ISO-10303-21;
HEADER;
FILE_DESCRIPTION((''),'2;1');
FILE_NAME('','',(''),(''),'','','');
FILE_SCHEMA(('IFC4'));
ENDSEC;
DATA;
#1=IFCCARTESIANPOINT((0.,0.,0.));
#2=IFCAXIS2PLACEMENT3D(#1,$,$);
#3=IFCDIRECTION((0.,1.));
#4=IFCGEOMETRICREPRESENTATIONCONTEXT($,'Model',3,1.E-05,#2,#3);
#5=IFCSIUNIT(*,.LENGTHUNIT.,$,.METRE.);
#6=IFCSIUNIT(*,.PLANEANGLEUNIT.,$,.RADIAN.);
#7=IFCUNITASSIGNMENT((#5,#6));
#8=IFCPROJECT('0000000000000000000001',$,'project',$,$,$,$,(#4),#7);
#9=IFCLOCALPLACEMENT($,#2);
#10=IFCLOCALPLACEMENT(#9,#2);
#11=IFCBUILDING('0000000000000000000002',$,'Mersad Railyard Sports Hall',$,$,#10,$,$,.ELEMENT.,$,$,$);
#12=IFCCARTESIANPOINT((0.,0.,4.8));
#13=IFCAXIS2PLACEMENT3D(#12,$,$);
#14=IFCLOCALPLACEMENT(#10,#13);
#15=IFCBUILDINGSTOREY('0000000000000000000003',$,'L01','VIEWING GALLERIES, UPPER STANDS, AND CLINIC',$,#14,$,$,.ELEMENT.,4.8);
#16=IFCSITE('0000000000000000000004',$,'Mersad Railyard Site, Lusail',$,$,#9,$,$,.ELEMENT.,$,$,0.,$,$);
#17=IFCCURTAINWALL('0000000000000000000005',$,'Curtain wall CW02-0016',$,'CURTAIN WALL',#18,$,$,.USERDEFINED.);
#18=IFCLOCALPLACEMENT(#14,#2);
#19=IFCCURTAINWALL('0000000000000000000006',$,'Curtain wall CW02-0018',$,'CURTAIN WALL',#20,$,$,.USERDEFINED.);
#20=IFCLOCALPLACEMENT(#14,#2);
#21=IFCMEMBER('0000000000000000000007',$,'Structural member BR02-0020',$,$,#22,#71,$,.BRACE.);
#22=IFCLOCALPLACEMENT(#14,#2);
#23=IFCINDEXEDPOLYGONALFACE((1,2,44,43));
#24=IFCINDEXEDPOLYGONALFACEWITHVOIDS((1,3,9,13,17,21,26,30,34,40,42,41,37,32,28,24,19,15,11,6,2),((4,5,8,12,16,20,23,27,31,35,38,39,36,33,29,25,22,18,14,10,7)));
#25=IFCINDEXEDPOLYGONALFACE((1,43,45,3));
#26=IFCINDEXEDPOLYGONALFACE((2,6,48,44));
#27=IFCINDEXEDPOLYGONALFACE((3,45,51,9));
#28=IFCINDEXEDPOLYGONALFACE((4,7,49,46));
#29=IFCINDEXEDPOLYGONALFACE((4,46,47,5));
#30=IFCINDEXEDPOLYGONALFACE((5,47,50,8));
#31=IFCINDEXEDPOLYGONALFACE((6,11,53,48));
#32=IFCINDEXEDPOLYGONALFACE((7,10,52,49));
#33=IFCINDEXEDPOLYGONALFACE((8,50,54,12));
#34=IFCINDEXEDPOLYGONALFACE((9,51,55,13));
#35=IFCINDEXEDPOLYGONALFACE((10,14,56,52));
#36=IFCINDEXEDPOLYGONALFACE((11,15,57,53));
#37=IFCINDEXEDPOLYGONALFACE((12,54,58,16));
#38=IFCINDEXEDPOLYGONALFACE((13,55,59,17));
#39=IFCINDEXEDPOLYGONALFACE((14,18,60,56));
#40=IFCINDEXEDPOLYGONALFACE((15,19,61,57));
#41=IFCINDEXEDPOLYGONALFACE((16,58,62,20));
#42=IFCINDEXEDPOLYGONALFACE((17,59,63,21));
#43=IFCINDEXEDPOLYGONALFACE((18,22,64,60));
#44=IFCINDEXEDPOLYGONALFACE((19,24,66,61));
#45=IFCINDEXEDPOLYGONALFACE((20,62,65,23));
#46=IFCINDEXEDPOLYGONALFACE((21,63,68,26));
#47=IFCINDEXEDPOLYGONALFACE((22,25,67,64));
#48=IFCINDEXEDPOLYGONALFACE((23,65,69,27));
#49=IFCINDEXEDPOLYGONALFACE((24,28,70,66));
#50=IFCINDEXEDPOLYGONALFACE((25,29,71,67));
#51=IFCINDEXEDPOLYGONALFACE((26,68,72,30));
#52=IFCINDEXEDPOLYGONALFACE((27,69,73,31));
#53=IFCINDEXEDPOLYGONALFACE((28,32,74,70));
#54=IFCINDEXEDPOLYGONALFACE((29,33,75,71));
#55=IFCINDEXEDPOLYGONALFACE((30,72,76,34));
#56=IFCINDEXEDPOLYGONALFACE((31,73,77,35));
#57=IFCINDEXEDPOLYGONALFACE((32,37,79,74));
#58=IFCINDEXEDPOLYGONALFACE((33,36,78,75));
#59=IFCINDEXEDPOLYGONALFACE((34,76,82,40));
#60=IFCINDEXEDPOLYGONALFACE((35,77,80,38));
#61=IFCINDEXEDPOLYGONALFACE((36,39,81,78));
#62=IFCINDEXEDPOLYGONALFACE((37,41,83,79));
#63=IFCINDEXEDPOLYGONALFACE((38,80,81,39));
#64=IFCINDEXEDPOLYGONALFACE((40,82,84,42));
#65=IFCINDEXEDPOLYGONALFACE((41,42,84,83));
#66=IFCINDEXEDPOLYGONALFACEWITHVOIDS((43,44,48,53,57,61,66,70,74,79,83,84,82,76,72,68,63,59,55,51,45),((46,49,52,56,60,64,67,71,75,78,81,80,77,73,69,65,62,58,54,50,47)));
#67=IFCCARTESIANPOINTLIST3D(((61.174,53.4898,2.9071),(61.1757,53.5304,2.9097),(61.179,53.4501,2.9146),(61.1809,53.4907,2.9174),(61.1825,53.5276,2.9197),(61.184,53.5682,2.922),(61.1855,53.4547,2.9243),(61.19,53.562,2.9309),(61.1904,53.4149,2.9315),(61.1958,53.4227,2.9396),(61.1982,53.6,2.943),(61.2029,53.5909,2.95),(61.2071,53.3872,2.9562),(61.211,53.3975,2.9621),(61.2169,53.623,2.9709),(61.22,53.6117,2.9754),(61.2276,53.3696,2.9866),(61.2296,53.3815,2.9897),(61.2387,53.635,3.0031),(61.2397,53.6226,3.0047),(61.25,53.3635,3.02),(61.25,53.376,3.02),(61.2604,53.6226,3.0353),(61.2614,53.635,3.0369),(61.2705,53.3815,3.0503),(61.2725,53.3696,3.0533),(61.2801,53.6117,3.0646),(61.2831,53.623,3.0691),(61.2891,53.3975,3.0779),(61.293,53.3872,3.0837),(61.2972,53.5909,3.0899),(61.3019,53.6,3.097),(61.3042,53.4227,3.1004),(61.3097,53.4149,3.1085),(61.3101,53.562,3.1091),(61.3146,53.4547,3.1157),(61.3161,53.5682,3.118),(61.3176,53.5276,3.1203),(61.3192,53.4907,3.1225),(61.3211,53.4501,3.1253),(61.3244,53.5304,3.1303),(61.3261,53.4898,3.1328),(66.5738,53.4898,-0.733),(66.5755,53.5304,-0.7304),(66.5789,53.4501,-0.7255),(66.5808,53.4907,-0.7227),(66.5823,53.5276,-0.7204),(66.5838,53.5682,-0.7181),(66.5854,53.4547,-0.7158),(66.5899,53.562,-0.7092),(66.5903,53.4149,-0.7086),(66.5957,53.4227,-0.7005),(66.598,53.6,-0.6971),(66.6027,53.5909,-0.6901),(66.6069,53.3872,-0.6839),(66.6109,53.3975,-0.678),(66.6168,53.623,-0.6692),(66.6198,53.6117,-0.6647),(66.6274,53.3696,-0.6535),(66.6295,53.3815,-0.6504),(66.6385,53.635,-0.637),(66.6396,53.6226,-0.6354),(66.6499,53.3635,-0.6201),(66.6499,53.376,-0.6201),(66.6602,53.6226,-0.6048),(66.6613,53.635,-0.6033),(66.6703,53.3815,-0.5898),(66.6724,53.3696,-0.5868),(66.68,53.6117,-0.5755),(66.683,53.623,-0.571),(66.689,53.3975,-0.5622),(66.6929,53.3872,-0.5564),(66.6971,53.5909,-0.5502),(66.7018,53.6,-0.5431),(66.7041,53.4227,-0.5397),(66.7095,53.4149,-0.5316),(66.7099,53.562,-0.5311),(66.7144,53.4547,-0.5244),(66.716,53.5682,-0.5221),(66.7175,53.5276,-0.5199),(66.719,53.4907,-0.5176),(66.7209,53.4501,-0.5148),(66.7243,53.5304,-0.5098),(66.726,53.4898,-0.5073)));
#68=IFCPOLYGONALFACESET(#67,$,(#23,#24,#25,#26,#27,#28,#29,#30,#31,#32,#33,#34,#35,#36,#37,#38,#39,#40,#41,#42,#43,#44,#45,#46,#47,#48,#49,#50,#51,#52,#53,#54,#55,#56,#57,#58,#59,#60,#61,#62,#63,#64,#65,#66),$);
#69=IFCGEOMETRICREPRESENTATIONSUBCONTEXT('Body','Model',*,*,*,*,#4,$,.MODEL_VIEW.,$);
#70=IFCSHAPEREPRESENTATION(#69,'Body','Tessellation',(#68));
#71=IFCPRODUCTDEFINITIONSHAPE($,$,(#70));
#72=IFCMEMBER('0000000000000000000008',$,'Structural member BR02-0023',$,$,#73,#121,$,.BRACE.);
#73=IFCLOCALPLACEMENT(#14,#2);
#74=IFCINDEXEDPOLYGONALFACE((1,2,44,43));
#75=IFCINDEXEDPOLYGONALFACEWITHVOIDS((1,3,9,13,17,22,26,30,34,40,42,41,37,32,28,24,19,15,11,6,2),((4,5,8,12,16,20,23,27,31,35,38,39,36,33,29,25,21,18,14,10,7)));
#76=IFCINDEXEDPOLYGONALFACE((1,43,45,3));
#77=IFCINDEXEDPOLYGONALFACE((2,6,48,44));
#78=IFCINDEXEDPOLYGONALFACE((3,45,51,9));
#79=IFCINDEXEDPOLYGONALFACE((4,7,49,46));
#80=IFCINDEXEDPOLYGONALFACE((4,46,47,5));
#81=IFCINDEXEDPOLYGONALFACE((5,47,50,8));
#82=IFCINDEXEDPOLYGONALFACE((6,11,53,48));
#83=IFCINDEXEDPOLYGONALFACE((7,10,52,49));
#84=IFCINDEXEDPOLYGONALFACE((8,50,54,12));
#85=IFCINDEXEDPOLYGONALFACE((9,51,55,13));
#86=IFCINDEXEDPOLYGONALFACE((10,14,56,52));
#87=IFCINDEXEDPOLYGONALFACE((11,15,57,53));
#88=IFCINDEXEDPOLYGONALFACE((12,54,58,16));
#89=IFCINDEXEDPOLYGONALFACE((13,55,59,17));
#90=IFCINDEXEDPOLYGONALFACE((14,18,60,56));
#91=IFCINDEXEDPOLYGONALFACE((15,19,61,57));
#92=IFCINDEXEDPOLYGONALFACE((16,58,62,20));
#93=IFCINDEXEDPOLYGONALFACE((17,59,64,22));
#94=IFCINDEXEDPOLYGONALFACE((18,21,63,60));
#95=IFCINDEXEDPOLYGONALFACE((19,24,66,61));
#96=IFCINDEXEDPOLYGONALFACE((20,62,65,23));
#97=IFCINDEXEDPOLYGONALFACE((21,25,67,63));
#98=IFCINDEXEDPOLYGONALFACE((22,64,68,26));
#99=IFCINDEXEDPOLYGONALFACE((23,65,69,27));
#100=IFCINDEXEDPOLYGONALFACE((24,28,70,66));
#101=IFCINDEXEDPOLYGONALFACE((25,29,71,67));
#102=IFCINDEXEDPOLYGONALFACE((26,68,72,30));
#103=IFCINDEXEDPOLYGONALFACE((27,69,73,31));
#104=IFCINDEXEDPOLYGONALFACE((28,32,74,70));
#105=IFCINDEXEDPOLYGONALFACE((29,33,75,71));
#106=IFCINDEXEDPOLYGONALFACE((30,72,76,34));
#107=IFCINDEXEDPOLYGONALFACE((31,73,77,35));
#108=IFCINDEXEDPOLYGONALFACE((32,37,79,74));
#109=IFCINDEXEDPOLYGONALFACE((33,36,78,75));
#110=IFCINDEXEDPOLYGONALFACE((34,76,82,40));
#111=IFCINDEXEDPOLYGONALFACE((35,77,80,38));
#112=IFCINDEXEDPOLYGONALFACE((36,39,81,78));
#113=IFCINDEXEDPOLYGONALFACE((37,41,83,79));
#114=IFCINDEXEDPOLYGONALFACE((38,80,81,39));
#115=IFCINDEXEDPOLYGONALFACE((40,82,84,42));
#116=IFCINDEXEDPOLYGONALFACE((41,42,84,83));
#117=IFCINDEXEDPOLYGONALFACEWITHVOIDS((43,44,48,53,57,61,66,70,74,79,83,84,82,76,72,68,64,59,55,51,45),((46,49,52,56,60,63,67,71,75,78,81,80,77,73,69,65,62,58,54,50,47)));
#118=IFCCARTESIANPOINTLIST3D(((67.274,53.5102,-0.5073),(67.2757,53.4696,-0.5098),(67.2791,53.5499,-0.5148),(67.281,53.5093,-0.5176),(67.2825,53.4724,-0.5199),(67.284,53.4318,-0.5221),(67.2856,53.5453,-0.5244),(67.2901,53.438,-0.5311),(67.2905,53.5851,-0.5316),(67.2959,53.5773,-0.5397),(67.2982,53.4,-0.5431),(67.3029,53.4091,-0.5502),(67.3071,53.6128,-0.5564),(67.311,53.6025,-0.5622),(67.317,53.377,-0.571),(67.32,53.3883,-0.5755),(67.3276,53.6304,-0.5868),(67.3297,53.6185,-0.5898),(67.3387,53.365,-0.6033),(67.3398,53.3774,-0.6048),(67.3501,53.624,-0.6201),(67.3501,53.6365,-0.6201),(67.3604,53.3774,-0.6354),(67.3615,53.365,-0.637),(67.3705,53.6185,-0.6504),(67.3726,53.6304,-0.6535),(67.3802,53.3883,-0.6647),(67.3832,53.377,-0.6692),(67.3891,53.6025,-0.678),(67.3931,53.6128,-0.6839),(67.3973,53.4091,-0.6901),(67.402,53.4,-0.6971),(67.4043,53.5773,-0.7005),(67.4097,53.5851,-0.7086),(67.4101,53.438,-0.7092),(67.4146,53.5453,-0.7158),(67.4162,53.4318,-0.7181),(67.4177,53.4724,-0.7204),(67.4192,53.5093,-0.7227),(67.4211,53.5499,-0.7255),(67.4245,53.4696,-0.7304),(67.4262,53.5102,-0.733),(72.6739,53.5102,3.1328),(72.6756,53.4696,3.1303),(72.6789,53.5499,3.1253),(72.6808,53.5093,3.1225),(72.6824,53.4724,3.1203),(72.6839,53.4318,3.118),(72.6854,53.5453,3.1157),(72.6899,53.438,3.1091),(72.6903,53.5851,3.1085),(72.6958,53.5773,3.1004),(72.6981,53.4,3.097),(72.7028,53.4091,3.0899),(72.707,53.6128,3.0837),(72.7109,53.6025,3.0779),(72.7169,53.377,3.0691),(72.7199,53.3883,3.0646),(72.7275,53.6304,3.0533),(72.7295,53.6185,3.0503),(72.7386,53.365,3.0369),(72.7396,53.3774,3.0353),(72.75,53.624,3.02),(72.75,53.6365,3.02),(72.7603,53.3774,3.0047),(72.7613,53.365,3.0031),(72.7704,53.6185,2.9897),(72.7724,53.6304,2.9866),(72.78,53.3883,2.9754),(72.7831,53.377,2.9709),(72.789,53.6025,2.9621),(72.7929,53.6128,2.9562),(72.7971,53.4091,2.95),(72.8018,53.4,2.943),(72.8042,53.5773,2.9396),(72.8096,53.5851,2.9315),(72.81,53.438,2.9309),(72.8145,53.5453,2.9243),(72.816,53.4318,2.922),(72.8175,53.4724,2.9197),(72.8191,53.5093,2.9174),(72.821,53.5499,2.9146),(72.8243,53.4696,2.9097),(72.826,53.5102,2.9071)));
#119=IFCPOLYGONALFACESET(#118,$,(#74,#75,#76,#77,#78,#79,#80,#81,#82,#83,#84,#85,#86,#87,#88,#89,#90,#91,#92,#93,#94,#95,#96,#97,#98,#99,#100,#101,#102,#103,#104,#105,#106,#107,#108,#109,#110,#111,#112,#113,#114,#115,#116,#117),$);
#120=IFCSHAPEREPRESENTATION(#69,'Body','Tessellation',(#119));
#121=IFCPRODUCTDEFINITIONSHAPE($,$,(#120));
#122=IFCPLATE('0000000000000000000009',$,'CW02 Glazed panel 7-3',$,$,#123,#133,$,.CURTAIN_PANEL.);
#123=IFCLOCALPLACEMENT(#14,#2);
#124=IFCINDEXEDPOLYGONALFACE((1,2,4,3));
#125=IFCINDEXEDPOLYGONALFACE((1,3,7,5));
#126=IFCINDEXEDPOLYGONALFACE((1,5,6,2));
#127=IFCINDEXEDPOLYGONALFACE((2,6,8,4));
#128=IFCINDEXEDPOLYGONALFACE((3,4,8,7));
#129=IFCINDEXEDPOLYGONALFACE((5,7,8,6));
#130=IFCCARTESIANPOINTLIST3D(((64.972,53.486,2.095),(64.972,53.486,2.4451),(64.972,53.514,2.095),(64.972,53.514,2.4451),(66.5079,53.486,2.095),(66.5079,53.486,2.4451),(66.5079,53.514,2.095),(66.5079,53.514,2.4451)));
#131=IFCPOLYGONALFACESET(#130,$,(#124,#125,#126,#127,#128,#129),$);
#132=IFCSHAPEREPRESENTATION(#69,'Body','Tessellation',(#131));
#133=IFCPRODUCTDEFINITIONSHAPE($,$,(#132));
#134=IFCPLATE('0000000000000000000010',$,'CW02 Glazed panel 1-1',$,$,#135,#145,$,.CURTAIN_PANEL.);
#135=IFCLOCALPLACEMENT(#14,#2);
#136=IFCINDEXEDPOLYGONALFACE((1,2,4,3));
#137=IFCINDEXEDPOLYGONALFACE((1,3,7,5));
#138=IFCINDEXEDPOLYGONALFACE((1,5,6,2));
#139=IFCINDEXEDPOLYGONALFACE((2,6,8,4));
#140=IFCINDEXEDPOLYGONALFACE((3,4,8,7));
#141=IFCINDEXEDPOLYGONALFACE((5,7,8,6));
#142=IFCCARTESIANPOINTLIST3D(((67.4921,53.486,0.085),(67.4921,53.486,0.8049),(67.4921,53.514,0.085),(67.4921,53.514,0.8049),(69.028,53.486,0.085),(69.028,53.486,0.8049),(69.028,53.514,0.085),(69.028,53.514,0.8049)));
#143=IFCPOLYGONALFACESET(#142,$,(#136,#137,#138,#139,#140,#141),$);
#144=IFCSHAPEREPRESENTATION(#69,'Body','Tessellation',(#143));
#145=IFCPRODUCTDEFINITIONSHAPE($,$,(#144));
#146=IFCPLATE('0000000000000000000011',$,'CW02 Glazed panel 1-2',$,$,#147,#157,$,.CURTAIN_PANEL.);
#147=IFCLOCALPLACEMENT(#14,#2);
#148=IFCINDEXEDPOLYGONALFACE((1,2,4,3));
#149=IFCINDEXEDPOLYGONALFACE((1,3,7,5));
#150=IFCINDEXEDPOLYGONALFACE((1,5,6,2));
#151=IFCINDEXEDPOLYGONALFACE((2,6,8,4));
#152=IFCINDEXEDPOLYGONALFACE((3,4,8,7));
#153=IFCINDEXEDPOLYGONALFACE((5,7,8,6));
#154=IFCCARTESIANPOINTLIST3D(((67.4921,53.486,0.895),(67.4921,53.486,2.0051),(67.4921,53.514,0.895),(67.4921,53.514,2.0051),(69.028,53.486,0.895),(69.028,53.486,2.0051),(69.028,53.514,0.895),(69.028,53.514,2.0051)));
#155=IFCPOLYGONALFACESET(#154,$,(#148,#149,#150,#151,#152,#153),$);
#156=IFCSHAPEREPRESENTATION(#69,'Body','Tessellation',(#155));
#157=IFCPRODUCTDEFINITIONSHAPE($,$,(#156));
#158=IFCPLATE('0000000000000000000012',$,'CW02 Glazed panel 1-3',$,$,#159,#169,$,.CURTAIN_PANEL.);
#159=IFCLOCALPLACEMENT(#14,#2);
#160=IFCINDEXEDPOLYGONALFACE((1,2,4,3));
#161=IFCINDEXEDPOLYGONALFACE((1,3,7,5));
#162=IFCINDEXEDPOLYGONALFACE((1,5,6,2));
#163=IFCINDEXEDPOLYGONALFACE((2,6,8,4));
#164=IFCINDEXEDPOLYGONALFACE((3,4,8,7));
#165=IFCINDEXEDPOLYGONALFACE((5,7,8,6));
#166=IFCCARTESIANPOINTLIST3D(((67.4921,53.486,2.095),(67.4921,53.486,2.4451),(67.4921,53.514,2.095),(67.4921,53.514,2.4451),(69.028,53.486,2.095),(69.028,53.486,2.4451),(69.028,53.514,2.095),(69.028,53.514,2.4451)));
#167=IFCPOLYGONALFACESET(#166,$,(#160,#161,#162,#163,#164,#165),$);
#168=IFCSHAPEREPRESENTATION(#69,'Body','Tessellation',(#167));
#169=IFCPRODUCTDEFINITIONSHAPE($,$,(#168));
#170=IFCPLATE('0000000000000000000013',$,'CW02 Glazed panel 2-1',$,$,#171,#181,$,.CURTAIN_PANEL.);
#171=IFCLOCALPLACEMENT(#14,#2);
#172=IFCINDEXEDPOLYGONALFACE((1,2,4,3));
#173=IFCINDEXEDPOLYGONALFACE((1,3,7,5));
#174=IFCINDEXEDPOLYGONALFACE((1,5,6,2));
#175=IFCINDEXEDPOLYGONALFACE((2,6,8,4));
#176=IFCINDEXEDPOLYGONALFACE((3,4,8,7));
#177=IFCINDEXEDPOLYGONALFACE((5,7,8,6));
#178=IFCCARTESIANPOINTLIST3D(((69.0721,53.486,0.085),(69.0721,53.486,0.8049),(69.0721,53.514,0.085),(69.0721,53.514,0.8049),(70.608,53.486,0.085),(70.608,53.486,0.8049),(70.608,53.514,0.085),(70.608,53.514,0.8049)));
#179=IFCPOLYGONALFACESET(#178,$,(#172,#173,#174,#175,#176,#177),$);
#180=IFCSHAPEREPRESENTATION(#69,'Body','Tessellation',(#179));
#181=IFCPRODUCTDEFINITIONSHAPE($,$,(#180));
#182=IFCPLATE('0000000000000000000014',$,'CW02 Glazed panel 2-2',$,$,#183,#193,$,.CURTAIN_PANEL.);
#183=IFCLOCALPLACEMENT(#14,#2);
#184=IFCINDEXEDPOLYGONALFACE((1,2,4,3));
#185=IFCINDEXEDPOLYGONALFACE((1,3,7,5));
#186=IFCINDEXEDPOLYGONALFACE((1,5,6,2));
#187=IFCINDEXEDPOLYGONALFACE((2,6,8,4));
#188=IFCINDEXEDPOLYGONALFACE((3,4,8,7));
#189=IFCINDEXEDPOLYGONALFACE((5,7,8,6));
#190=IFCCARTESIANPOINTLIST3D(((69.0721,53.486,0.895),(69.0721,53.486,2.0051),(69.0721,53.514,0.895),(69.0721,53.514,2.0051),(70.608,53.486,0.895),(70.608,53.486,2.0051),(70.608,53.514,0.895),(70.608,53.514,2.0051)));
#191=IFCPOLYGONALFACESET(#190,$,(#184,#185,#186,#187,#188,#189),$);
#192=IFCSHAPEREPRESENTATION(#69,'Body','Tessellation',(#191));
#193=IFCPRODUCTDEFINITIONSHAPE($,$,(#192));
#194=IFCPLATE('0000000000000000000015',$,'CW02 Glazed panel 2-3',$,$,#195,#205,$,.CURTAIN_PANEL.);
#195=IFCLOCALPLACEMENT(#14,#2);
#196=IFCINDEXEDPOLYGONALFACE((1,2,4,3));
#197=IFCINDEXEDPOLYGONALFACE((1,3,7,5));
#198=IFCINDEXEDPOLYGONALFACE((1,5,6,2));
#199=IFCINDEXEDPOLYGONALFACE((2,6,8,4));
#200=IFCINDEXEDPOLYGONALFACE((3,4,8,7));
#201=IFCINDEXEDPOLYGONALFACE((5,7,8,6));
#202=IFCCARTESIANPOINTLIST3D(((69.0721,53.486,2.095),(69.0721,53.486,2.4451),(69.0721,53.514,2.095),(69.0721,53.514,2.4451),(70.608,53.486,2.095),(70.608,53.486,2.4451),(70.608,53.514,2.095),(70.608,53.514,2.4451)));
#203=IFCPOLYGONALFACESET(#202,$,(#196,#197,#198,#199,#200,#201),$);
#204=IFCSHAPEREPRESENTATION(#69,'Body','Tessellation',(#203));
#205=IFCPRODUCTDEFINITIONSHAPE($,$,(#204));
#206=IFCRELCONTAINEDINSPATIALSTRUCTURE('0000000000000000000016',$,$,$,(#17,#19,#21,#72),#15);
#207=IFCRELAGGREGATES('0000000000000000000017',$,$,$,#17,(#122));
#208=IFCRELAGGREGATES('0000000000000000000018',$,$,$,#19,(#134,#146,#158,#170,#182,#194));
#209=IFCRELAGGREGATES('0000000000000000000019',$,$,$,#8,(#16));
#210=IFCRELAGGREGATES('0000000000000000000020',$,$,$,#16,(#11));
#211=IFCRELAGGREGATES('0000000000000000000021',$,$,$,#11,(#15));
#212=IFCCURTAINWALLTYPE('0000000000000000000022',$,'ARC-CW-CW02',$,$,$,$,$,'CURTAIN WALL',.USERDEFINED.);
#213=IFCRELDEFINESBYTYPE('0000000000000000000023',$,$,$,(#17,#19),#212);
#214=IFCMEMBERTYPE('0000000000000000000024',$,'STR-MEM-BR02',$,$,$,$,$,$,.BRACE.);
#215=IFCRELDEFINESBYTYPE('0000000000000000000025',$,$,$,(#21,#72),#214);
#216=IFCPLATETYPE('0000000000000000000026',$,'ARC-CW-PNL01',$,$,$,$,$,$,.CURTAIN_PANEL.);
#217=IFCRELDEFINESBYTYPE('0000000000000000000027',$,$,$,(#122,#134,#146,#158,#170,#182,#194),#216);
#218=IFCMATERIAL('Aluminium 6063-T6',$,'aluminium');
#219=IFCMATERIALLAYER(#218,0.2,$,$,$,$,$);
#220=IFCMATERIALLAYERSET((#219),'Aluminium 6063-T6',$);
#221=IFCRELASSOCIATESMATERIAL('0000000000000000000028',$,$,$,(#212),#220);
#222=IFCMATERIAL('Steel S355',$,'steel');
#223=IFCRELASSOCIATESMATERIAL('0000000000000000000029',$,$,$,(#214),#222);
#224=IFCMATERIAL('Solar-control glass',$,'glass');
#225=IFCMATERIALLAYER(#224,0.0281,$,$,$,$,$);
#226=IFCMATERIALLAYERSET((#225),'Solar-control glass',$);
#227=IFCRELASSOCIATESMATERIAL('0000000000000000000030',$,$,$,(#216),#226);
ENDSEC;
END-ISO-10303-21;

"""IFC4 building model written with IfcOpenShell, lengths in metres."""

from ifc_helpers import new_model, si_unit, direction, frame, origin, origin_2d, place, context, subcontext, project, spatial, rectangle, hollow_circle, extrude, material, layer, layer_set, material_profile, profile_set, type_object, element, aggregate, save


model = new_model("IFC4")

# Units and contexts
model_context = context("Model", 3, precision=1e-05, world=origin(), true_north=direction((0.0, 1.0)))
body_context = subcontext(model_context, "Body", "Model", "MODEL_VIEW")
ifc_project = project(units=[si_unit("LENGTHUNIT", "METRE"), si_unit("PLANEANGLEUNIT", "RADIAN")], contexts=[model_context])

# Site, building, storey
site_placement = place(None, origin())
site = spatial("IfcSite", under=ifc_project, at=site_placement, Name="Mersad Railyard Site, Lusail", CompositionType="ELEMENT", RefElevation=0.0)
building_placement = place(site_placement, origin())
building = spatial("IfcBuilding", under=site, at=building_placement, Name="Mersad Railyard Sports Hall", CompositionType="ELEMENT")
storey_placement = place(building_placement, frame((0.0, 0.0, 4.8)))
storey = spatial("IfcBuildingStorey", under=building, at=storey_placement, Name="L01", Description="VIEWING GALLERIES, UPPER STANDS, AND CLINIC", CompositionType="ELEMENT", Elevation=4.8)

# Curtain wall
ifc_material_1 = material(Name="Aluminium 6063-T6", Category="aluminium")
ifc_layer_1 = layer(ifc_material_1, 0.2)
ifc_layer_set_1 = layer_set([ifc_layer_1], Name="Aluminium 6063-T6")
curtain_wall_type = type_object("IfcCurtainWallType", Name="ARC-CW-CW02", ElementType="CURTAIN WALL", PredefinedType="USERDEFINED", material=ifc_layer_set_1)
curtain_wall_1_placement = place(storey_placement, origin())
curtain_wall_1 = element("IfcCurtainWall", 1, at=curtain_wall_1_placement, inside=storey, type_object=curtain_wall_type, Name="Curtain wall CW02-0016", ObjectType="CURTAIN WALL", PredefinedType="USERDEFINED")

# Curtain wall
curtain_wall_2_placement = place(storey_placement, origin())
curtain_wall_2 = element("IfcCurtainWall", 2, at=curtain_wall_2_placement, inside=storey, type_object=curtain_wall_type, Name="Curtain wall CW02-0018", ObjectType="CURTAIN WALL", PredefinedType="USERDEFINED")

# Members
ifc_material_2 = material(Name="Steel S355", Category="steel")
ifc_material_profile_1 = material_profile(ifc_material_2, hollow_circle(Radius=0.1365, WallThickness=0.0125, at=origin_2d()), Name="CHS 273x12.5")
ifc_profile_set_1 = profile_set([ifc_material_profile_1], Name="Steel S355")
member_type_1 = type_object("IfcMemberType", Name="STR-MEM-BR02", PredefinedType="BRACE", material=ifc_profile_set_1)
for number, where, z_axis, x_axis, name in (
    (3, (66.6499, 53.5, -0.6201), (-0.82919, 0.0, 0.558967), (0.0, -1.0, 0.0), "Structural member BR02-0020"),
    (4, (67.3501, 53.5, -0.6201), (0.82919, 0.0, 0.558967), (0.0, 1.0, 0.0), "Structural member BR02-0023"),
):
    element("IfcMember", number, at=place(storey_placement, frame(where, z_axis=z_axis, x_axis=x_axis)), inside=storey, type_object=member_type_1, Name=name, PredefinedType="BRACE", context=body_context, shape_type="SweptSolid", body=[
        extrude(hollow_circle(Radius=0.1365, WallThickness=0.0125, at=origin_2d()), origin(), (0.0, 0.0, 1.0), 6.5122),
    ])

# Plates
ifc_material_3 = material(Name="Solar-control glass", Category="glass")
ifc_layer_2 = layer(ifc_material_3, 0.0281)
ifc_layer_set_2 = layer_set([ifc_layer_2], Name="Solar-control glass")
plate_type_1 = type_object("IfcPlateType", Name="ARC-CW-PNL01", PredefinedType="CURTAIN_PANEL", material=ifc_layer_set_2)
plate_1_placement = place(storey_placement, frame((65.74, 53.5, 2.095), z_axis=(0.0, 0.0, 1.0), x_axis=(1.0, 0.0, 0.0)))
plate_1 = element("IfcPlate", 5, at=plate_1_placement, type_object=plate_type_1, Name="CW02 Glazed panel 7-3", PredefinedType="CURTAIN_PANEL", context=body_context, shape_type="SweptSolid", body=[
    extrude(rectangle(XDim=1.5359, YDim=0.0281, at=origin_2d()), origin(), (0.0, 0.0, 1.0), 0.3501),
])
aggregate(curtain_wall_1, [plate_1])
plate_2_placement = place(storey_placement, frame((68.26, 53.5, 0.085), z_axis=(0.0, 0.0, 1.0), x_axis=(1.0, 0.0, 0.0)))
plate_2 = element("IfcPlate", 6, at=plate_2_placement, type_object=plate_type_1, Name="CW02 Glazed panel 1-1", PredefinedType="CURTAIN_PANEL", context=body_context, shape_type="SweptSolid", body=[
    extrude(rectangle(XDim=1.5359, YDim=0.0281, at=origin_2d()), origin(), (0.0, 0.0, 1.0), 0.72),
])
plate_3_placement = place(storey_placement, frame((68.26, 53.5, 0.895), z_axis=(0.0, 0.0, 1.0), x_axis=(1.0, 0.0, 0.0)))
plate_3 = element("IfcPlate", 7, at=plate_3_placement, type_object=plate_type_1, Name="CW02 Glazed panel 1-2", PredefinedType="CURTAIN_PANEL", context=body_context, shape_type="SweptSolid", body=[
    extrude(rectangle(XDim=1.5359, YDim=0.0281, at=origin_2d()), origin(), (0.0, 0.0, 1.0), 1.1101),
])
plate_4_placement = place(storey_placement, frame((68.26, 53.5, 2.095), z_axis=(0.0, 0.0, 1.0), x_axis=(1.0, 0.0, 0.0)))
plate_4 = element("IfcPlate", 8, at=plate_4_placement, type_object=plate_type_1, Name="CW02 Glazed panel 1-3", PredefinedType="CURTAIN_PANEL", context=body_context, shape_type="SweptSolid", body=[
    extrude(rectangle(XDim=1.5359, YDim=0.0281, at=origin_2d()), origin(), (0.0, 0.0, 1.0), 0.3501),
])
plate_5_placement = place(storey_placement, frame((69.8401, 53.5, 0.085), z_axis=(0.0, 0.0, 1.0), x_axis=(1.0, 0.0, 0.0)))
plate_5 = element("IfcPlate", 9, at=plate_5_placement, type_object=plate_type_1, Name="CW02 Glazed panel 2-1", PredefinedType="CURTAIN_PANEL", context=body_context, shape_type="SweptSolid", body=[
    extrude(rectangle(XDim=1.5359, YDim=0.0281, at=origin_2d()), origin(), (0.0, 0.0, 1.0), 0.72),
])
plate_6_placement = place(storey_placement, frame((69.8401, 53.5, 0.895), z_axis=(0.0, 0.0, 1.0), x_axis=(1.0, 0.0, 0.0)))
plate_6 = element("IfcPlate", 10, at=plate_6_placement, type_object=plate_type_1, Name="CW02 Glazed panel 2-2", PredefinedType="CURTAIN_PANEL", context=body_context, shape_type="SweptSolid", body=[
    extrude(rectangle(XDim=1.5359, YDim=0.0281, at=origin_2d()), origin(), (0.0, 0.0, 1.0), 1.1101),
])
plate_7_placement = place(storey_placement, frame((69.8401, 53.5, 2.095), z_axis=(0.0, 0.0, 1.0), x_axis=(1.0, 0.0, 0.0)))
plate_7 = element("IfcPlate", 11, at=plate_7_placement, type_object=plate_type_1, Name="CW02 Glazed panel 2-3", PredefinedType="CURTAIN_PANEL", context=body_context, shape_type="SweptSolid", body=[
    extrude(rectangle(XDim=1.5359, YDim=0.0281, at=origin_2d()), origin(), (0.0, 0.0, 1.0), 0.3501),
])
aggregate(curtain_wall_2, [plate_2, plate_3, plate_4, plate_5, plate_6, plate_7])

save(model, "model.ifc")
